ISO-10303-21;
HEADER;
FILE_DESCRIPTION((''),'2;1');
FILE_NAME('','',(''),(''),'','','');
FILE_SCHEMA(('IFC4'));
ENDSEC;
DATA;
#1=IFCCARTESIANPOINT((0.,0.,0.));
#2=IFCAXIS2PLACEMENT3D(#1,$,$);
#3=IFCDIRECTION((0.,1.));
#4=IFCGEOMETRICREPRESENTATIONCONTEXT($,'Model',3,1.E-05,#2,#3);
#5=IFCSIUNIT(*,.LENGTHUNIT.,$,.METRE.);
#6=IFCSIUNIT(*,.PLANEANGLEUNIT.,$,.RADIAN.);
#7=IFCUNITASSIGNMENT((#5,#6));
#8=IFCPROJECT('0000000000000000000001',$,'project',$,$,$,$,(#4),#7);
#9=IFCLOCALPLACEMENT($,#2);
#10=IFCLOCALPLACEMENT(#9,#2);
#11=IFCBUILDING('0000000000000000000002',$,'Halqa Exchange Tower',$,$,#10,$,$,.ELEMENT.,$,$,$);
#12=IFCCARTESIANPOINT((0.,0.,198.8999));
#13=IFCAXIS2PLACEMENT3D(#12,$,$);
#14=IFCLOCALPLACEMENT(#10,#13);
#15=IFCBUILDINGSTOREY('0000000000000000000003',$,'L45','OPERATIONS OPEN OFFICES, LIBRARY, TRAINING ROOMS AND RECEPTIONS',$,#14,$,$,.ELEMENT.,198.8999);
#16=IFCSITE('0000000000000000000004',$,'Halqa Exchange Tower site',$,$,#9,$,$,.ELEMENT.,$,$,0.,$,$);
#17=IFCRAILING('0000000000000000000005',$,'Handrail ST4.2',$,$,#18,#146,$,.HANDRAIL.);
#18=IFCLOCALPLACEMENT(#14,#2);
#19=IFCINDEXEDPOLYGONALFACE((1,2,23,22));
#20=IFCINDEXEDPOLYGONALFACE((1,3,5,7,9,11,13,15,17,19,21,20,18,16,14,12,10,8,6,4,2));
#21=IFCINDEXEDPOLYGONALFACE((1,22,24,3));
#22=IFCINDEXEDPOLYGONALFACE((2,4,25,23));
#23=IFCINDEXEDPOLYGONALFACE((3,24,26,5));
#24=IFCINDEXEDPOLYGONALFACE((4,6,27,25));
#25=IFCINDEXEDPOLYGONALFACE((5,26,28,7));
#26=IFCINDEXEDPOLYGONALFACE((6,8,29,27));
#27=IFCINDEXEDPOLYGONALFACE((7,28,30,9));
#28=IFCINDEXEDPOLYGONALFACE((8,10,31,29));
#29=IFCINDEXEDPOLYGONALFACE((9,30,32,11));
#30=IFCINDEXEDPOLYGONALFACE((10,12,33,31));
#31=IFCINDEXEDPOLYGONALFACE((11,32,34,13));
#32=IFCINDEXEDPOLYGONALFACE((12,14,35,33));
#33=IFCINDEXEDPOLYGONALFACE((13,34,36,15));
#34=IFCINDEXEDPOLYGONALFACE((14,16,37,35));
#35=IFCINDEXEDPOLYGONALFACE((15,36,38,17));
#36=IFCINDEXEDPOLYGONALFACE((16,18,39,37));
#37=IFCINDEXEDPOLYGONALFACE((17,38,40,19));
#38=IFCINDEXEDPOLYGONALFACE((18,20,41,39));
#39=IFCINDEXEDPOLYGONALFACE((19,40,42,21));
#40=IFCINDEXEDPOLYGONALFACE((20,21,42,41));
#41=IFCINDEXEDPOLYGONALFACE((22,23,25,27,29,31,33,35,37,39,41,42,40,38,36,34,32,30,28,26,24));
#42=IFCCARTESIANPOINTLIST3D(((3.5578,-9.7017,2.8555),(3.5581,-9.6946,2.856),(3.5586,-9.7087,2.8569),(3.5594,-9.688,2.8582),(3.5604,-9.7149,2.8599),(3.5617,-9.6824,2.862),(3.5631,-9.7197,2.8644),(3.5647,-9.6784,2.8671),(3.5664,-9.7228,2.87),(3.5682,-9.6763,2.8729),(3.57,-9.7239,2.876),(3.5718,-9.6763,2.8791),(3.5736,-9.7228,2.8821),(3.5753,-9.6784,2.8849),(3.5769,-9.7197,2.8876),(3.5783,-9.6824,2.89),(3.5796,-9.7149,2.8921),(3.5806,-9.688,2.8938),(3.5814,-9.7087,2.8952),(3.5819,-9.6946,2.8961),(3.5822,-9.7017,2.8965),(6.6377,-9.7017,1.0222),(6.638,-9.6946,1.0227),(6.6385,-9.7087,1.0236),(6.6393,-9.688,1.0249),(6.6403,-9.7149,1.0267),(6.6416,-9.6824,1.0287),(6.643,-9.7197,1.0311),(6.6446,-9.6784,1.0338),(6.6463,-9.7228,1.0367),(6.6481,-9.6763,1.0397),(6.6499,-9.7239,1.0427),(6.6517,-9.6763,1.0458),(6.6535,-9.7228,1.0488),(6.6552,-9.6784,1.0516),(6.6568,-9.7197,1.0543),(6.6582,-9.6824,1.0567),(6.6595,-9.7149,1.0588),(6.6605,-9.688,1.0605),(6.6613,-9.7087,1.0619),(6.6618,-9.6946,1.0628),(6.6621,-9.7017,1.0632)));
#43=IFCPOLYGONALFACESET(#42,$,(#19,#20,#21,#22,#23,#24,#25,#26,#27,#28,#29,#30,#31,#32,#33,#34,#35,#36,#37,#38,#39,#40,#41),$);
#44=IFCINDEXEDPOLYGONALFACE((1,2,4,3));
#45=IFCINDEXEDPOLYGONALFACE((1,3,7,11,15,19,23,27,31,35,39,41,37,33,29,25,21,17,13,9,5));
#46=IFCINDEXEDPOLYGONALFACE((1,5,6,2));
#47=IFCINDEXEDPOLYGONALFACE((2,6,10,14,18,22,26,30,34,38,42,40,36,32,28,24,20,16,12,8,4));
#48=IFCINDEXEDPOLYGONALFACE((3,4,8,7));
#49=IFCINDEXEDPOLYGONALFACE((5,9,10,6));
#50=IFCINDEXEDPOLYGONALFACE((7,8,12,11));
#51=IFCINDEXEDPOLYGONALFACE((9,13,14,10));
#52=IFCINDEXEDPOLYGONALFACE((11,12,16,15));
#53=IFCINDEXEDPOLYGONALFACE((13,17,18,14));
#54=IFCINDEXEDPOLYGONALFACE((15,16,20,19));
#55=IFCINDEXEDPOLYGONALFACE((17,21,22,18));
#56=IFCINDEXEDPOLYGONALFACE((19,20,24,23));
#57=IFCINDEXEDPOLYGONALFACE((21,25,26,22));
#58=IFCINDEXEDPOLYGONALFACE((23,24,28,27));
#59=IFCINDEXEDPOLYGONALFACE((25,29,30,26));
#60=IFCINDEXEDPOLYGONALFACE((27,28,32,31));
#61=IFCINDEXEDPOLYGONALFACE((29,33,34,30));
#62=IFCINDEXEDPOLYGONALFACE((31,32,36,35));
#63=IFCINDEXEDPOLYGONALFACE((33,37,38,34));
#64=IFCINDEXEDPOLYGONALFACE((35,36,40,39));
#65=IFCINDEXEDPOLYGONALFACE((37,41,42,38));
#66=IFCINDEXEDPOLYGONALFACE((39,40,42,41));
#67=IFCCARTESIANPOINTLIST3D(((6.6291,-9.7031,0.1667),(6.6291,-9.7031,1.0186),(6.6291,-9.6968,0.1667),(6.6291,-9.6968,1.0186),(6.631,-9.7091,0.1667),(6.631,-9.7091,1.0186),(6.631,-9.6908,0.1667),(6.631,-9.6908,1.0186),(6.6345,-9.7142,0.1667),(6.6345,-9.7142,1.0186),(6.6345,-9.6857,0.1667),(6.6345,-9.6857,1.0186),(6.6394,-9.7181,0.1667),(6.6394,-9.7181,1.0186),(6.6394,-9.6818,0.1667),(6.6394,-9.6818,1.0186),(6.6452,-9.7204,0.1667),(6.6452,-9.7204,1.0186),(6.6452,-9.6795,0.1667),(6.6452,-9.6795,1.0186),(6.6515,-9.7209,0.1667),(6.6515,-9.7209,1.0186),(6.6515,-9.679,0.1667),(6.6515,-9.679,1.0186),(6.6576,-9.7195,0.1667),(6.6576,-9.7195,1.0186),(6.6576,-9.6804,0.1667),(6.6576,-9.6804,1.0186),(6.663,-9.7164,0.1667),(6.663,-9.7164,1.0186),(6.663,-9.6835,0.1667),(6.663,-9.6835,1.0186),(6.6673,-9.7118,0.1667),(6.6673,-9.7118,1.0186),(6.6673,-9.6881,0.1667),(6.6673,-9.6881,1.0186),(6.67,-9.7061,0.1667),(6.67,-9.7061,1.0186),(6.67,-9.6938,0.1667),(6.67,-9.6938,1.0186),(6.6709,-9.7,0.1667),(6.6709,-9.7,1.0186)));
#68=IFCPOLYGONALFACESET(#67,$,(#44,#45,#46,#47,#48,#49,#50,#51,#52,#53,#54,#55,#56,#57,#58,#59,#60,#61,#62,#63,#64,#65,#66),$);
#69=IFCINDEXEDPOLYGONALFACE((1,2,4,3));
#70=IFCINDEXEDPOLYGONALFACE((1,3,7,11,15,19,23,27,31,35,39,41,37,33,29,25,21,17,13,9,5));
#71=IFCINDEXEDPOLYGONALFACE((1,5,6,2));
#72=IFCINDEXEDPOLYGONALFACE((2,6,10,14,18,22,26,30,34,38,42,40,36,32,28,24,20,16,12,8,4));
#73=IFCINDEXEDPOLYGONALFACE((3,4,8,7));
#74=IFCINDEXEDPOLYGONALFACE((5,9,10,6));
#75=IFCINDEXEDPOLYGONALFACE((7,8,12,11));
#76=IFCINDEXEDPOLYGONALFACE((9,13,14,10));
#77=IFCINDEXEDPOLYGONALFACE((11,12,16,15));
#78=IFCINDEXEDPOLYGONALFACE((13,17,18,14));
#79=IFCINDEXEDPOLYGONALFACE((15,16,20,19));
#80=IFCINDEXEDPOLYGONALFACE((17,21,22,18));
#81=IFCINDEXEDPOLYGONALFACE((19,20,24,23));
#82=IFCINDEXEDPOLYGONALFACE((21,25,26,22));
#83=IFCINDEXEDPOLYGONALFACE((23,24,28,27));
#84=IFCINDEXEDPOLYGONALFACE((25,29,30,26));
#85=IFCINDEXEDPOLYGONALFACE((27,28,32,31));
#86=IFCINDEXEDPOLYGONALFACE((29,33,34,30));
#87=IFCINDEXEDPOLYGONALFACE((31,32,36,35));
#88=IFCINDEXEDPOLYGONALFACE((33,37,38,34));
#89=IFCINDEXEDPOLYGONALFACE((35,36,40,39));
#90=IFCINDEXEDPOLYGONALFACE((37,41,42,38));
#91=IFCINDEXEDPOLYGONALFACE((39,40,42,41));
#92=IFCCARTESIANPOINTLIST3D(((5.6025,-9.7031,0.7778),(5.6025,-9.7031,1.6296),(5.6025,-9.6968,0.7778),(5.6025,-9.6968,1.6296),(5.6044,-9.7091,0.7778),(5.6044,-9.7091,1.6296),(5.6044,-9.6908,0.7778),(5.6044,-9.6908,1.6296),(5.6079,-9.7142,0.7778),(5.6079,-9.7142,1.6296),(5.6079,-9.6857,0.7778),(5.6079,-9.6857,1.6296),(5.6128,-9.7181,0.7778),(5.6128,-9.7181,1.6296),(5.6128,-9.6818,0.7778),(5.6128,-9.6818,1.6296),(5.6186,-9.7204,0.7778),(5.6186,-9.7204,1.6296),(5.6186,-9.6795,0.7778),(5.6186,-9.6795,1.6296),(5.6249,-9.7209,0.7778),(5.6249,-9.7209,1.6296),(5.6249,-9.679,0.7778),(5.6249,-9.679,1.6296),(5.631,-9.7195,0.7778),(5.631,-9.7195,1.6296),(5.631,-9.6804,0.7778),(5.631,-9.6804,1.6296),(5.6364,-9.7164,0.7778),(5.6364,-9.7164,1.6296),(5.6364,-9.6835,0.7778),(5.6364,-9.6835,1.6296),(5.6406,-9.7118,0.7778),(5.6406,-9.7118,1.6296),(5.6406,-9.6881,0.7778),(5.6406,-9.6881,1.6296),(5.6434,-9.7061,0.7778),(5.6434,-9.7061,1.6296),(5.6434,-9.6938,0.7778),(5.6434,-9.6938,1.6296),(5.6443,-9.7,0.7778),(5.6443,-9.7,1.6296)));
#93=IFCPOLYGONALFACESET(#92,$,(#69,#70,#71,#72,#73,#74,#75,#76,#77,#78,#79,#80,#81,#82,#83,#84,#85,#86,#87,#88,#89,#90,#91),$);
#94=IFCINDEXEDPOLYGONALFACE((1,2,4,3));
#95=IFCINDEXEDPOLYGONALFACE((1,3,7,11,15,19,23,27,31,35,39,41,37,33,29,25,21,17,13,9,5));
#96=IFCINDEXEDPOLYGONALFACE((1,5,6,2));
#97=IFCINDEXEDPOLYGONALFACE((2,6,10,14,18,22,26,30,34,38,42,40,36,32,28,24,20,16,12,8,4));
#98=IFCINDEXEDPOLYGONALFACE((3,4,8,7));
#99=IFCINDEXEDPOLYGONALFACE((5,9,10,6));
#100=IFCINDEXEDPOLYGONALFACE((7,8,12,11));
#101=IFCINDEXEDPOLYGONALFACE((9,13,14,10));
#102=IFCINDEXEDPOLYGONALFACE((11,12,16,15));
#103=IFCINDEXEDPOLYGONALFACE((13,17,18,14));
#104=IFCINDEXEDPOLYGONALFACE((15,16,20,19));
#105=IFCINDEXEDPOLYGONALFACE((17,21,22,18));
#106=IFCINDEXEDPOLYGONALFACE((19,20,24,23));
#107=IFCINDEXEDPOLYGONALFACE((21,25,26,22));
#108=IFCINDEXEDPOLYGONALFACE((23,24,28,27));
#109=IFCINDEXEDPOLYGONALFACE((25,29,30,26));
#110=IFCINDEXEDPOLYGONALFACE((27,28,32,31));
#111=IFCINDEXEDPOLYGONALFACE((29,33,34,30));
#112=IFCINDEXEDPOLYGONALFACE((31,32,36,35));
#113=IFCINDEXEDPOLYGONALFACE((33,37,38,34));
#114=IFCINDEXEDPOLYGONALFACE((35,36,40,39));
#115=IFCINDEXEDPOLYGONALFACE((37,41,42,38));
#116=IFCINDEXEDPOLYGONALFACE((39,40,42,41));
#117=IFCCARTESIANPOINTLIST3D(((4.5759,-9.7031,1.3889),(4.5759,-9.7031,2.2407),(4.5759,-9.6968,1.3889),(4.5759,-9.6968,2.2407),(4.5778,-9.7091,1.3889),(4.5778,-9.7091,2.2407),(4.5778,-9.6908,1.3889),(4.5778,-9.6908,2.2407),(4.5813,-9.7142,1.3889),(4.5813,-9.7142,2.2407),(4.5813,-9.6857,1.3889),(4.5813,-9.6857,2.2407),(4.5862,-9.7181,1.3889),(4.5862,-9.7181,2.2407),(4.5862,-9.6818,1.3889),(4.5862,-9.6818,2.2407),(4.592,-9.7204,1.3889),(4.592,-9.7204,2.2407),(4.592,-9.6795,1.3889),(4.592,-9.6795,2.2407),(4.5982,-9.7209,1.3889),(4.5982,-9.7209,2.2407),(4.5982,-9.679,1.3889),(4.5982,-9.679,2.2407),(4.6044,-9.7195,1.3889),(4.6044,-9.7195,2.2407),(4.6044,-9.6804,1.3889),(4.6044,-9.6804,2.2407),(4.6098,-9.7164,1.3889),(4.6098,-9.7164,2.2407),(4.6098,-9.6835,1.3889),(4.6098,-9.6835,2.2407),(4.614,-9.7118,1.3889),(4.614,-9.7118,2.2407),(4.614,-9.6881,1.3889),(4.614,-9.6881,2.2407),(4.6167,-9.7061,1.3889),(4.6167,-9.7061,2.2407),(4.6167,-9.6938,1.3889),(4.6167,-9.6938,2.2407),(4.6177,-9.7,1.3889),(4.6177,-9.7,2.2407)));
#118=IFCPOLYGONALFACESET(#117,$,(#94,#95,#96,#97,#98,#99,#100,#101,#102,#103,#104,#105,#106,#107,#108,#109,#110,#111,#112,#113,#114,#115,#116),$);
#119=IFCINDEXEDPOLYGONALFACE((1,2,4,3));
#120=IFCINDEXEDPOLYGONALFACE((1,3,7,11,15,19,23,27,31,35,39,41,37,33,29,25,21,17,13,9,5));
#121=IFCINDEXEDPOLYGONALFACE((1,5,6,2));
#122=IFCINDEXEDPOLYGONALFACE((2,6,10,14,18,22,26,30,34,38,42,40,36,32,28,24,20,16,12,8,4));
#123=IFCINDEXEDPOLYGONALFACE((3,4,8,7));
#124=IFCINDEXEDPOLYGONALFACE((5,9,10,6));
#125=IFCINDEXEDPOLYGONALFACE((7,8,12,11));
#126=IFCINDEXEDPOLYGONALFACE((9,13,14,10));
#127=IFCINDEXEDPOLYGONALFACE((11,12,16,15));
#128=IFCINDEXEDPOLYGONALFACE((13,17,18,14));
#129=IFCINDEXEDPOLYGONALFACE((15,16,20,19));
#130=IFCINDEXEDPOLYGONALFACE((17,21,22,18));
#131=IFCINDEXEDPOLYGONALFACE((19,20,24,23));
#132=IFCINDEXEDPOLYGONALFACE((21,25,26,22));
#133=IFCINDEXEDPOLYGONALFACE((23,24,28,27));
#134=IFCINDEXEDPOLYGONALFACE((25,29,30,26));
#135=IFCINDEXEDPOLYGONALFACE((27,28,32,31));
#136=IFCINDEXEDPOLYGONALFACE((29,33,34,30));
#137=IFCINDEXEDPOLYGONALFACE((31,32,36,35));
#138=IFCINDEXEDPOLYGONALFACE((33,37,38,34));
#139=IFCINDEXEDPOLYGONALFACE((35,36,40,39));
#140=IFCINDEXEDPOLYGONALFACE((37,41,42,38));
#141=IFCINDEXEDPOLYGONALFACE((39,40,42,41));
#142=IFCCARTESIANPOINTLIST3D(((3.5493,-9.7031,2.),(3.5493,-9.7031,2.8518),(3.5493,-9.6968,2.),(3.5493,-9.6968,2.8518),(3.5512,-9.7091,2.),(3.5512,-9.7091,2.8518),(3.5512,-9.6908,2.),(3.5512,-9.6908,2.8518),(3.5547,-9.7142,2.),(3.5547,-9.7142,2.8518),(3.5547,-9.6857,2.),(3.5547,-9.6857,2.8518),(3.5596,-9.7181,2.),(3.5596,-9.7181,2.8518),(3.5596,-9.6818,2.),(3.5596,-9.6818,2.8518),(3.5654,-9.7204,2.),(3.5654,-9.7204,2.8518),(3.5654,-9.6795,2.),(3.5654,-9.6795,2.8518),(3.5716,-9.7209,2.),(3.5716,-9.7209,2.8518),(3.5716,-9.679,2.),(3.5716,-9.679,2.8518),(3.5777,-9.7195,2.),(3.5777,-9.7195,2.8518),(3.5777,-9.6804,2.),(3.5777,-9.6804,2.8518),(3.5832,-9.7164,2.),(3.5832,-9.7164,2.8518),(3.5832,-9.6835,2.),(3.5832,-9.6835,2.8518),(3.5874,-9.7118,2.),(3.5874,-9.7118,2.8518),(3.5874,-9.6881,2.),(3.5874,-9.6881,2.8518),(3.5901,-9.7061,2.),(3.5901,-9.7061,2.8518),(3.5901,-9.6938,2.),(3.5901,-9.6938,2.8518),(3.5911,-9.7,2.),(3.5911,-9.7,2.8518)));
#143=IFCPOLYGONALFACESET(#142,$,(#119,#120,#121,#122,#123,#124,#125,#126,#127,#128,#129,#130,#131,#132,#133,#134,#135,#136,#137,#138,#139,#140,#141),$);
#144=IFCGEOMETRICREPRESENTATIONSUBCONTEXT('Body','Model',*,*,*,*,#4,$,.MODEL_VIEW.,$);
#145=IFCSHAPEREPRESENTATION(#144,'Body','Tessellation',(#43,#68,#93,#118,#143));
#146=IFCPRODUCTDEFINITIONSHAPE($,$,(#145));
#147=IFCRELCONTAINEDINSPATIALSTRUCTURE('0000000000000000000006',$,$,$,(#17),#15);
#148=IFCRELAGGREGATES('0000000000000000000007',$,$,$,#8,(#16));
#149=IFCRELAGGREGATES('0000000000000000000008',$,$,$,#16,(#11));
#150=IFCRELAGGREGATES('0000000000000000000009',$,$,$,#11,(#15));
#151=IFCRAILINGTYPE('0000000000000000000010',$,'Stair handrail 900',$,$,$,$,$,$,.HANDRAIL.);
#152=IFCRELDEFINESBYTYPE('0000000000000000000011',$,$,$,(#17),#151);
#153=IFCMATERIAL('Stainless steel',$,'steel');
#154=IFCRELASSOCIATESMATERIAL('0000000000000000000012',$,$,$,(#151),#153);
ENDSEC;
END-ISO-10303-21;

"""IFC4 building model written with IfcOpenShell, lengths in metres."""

from ifc_helpers import new_model, si_unit, direction, frame, origin, origin_2d, place, context, subcontext, project, spatial, circle, extrude, material, type_object, element, save


model = new_model("IFC4")

# Units and contexts
model_context = context("Model", 3, precision=1e-05, world=origin(), true_north=direction((0.0, 1.0)))
body_context = subcontext(model_context, "Body", "Model", "MODEL_VIEW")
ifc_project = project(units=[si_unit("LENGTHUNIT", "METRE"), si_unit("PLANEANGLEUNIT", "RADIAN")], contexts=[model_context])

# Site, building, storey
site_placement = place(None, origin())
site = spatial("IfcSite", under=ifc_project, at=site_placement, Name="Halqa Exchange Tower site", CompositionType="ELEMENT", RefElevation=0.0)
building_placement = place(site_placement, origin())
building = spatial("IfcBuilding", under=site, at=building_placement, Name="Halqa Exchange Tower", CompositionType="ELEMENT")
storey_placement = place(building_placement, frame((0.0, 0.0, 198.8999)))
storey = spatial("IfcBuildingStorey", under=building, at=storey_placement, Name="L45", Description="OPERATIONS OPEN OFFICES, LIBRARY, TRAINING ROOMS AND RECEPTIONS", CompositionType="ELEMENT", Elevation=198.8999)

# Railing
ifc_material_1 = material(Name="Stainless steel", Category="steel")
railing_type_1 = type_object("IfcRailingType", Name="Stair handrail 900", PredefinedType="HANDRAIL", material=ifc_material_1)
railing_1_placement = place(storey_placement, frame((6.6499, -9.7, 0.1667)))
element("IfcRailing", 1, at=railing_1_placement, inside=storey, type_object=railing_type_1, Name="Handrail ST4.2", PredefinedType="HANDRAIL", context=body_context, shape_type="SweptSolid", body=[
    extrude(circle(Radius=0.0239, at=origin_2d()), frame((0.0, 0.0, 0.876), z_axis=(-0.859291, 0.0, 0.511487), x_axis=(0.0, -1.0, 0.0)), (0.0, 0.0, 1.0), 3.5842),
    extrude(circle(Radius=0.021, at=origin_2d()), origin(), (0.0, 0.0, 1.0), 0.8518),
    extrude(circle(Radius=0.021, at=origin_2d()), frame((-1.0266, 0.0, 0.6111)), (0.0, 0.0, 1.0), 0.8518),
    extrude(circle(Radius=0.021, at=origin_2d()), frame((-2.0532, 0.0, 1.2222)), (0.0, 0.0, 1.0), 0.8518),
    extrude(circle(Radius=0.021, at=origin_2d()), frame((-3.0798, 0.0, 1.8333)), (0.0, 0.0, 1.0), 0.8518),
])

save(model, "model.ifc")
